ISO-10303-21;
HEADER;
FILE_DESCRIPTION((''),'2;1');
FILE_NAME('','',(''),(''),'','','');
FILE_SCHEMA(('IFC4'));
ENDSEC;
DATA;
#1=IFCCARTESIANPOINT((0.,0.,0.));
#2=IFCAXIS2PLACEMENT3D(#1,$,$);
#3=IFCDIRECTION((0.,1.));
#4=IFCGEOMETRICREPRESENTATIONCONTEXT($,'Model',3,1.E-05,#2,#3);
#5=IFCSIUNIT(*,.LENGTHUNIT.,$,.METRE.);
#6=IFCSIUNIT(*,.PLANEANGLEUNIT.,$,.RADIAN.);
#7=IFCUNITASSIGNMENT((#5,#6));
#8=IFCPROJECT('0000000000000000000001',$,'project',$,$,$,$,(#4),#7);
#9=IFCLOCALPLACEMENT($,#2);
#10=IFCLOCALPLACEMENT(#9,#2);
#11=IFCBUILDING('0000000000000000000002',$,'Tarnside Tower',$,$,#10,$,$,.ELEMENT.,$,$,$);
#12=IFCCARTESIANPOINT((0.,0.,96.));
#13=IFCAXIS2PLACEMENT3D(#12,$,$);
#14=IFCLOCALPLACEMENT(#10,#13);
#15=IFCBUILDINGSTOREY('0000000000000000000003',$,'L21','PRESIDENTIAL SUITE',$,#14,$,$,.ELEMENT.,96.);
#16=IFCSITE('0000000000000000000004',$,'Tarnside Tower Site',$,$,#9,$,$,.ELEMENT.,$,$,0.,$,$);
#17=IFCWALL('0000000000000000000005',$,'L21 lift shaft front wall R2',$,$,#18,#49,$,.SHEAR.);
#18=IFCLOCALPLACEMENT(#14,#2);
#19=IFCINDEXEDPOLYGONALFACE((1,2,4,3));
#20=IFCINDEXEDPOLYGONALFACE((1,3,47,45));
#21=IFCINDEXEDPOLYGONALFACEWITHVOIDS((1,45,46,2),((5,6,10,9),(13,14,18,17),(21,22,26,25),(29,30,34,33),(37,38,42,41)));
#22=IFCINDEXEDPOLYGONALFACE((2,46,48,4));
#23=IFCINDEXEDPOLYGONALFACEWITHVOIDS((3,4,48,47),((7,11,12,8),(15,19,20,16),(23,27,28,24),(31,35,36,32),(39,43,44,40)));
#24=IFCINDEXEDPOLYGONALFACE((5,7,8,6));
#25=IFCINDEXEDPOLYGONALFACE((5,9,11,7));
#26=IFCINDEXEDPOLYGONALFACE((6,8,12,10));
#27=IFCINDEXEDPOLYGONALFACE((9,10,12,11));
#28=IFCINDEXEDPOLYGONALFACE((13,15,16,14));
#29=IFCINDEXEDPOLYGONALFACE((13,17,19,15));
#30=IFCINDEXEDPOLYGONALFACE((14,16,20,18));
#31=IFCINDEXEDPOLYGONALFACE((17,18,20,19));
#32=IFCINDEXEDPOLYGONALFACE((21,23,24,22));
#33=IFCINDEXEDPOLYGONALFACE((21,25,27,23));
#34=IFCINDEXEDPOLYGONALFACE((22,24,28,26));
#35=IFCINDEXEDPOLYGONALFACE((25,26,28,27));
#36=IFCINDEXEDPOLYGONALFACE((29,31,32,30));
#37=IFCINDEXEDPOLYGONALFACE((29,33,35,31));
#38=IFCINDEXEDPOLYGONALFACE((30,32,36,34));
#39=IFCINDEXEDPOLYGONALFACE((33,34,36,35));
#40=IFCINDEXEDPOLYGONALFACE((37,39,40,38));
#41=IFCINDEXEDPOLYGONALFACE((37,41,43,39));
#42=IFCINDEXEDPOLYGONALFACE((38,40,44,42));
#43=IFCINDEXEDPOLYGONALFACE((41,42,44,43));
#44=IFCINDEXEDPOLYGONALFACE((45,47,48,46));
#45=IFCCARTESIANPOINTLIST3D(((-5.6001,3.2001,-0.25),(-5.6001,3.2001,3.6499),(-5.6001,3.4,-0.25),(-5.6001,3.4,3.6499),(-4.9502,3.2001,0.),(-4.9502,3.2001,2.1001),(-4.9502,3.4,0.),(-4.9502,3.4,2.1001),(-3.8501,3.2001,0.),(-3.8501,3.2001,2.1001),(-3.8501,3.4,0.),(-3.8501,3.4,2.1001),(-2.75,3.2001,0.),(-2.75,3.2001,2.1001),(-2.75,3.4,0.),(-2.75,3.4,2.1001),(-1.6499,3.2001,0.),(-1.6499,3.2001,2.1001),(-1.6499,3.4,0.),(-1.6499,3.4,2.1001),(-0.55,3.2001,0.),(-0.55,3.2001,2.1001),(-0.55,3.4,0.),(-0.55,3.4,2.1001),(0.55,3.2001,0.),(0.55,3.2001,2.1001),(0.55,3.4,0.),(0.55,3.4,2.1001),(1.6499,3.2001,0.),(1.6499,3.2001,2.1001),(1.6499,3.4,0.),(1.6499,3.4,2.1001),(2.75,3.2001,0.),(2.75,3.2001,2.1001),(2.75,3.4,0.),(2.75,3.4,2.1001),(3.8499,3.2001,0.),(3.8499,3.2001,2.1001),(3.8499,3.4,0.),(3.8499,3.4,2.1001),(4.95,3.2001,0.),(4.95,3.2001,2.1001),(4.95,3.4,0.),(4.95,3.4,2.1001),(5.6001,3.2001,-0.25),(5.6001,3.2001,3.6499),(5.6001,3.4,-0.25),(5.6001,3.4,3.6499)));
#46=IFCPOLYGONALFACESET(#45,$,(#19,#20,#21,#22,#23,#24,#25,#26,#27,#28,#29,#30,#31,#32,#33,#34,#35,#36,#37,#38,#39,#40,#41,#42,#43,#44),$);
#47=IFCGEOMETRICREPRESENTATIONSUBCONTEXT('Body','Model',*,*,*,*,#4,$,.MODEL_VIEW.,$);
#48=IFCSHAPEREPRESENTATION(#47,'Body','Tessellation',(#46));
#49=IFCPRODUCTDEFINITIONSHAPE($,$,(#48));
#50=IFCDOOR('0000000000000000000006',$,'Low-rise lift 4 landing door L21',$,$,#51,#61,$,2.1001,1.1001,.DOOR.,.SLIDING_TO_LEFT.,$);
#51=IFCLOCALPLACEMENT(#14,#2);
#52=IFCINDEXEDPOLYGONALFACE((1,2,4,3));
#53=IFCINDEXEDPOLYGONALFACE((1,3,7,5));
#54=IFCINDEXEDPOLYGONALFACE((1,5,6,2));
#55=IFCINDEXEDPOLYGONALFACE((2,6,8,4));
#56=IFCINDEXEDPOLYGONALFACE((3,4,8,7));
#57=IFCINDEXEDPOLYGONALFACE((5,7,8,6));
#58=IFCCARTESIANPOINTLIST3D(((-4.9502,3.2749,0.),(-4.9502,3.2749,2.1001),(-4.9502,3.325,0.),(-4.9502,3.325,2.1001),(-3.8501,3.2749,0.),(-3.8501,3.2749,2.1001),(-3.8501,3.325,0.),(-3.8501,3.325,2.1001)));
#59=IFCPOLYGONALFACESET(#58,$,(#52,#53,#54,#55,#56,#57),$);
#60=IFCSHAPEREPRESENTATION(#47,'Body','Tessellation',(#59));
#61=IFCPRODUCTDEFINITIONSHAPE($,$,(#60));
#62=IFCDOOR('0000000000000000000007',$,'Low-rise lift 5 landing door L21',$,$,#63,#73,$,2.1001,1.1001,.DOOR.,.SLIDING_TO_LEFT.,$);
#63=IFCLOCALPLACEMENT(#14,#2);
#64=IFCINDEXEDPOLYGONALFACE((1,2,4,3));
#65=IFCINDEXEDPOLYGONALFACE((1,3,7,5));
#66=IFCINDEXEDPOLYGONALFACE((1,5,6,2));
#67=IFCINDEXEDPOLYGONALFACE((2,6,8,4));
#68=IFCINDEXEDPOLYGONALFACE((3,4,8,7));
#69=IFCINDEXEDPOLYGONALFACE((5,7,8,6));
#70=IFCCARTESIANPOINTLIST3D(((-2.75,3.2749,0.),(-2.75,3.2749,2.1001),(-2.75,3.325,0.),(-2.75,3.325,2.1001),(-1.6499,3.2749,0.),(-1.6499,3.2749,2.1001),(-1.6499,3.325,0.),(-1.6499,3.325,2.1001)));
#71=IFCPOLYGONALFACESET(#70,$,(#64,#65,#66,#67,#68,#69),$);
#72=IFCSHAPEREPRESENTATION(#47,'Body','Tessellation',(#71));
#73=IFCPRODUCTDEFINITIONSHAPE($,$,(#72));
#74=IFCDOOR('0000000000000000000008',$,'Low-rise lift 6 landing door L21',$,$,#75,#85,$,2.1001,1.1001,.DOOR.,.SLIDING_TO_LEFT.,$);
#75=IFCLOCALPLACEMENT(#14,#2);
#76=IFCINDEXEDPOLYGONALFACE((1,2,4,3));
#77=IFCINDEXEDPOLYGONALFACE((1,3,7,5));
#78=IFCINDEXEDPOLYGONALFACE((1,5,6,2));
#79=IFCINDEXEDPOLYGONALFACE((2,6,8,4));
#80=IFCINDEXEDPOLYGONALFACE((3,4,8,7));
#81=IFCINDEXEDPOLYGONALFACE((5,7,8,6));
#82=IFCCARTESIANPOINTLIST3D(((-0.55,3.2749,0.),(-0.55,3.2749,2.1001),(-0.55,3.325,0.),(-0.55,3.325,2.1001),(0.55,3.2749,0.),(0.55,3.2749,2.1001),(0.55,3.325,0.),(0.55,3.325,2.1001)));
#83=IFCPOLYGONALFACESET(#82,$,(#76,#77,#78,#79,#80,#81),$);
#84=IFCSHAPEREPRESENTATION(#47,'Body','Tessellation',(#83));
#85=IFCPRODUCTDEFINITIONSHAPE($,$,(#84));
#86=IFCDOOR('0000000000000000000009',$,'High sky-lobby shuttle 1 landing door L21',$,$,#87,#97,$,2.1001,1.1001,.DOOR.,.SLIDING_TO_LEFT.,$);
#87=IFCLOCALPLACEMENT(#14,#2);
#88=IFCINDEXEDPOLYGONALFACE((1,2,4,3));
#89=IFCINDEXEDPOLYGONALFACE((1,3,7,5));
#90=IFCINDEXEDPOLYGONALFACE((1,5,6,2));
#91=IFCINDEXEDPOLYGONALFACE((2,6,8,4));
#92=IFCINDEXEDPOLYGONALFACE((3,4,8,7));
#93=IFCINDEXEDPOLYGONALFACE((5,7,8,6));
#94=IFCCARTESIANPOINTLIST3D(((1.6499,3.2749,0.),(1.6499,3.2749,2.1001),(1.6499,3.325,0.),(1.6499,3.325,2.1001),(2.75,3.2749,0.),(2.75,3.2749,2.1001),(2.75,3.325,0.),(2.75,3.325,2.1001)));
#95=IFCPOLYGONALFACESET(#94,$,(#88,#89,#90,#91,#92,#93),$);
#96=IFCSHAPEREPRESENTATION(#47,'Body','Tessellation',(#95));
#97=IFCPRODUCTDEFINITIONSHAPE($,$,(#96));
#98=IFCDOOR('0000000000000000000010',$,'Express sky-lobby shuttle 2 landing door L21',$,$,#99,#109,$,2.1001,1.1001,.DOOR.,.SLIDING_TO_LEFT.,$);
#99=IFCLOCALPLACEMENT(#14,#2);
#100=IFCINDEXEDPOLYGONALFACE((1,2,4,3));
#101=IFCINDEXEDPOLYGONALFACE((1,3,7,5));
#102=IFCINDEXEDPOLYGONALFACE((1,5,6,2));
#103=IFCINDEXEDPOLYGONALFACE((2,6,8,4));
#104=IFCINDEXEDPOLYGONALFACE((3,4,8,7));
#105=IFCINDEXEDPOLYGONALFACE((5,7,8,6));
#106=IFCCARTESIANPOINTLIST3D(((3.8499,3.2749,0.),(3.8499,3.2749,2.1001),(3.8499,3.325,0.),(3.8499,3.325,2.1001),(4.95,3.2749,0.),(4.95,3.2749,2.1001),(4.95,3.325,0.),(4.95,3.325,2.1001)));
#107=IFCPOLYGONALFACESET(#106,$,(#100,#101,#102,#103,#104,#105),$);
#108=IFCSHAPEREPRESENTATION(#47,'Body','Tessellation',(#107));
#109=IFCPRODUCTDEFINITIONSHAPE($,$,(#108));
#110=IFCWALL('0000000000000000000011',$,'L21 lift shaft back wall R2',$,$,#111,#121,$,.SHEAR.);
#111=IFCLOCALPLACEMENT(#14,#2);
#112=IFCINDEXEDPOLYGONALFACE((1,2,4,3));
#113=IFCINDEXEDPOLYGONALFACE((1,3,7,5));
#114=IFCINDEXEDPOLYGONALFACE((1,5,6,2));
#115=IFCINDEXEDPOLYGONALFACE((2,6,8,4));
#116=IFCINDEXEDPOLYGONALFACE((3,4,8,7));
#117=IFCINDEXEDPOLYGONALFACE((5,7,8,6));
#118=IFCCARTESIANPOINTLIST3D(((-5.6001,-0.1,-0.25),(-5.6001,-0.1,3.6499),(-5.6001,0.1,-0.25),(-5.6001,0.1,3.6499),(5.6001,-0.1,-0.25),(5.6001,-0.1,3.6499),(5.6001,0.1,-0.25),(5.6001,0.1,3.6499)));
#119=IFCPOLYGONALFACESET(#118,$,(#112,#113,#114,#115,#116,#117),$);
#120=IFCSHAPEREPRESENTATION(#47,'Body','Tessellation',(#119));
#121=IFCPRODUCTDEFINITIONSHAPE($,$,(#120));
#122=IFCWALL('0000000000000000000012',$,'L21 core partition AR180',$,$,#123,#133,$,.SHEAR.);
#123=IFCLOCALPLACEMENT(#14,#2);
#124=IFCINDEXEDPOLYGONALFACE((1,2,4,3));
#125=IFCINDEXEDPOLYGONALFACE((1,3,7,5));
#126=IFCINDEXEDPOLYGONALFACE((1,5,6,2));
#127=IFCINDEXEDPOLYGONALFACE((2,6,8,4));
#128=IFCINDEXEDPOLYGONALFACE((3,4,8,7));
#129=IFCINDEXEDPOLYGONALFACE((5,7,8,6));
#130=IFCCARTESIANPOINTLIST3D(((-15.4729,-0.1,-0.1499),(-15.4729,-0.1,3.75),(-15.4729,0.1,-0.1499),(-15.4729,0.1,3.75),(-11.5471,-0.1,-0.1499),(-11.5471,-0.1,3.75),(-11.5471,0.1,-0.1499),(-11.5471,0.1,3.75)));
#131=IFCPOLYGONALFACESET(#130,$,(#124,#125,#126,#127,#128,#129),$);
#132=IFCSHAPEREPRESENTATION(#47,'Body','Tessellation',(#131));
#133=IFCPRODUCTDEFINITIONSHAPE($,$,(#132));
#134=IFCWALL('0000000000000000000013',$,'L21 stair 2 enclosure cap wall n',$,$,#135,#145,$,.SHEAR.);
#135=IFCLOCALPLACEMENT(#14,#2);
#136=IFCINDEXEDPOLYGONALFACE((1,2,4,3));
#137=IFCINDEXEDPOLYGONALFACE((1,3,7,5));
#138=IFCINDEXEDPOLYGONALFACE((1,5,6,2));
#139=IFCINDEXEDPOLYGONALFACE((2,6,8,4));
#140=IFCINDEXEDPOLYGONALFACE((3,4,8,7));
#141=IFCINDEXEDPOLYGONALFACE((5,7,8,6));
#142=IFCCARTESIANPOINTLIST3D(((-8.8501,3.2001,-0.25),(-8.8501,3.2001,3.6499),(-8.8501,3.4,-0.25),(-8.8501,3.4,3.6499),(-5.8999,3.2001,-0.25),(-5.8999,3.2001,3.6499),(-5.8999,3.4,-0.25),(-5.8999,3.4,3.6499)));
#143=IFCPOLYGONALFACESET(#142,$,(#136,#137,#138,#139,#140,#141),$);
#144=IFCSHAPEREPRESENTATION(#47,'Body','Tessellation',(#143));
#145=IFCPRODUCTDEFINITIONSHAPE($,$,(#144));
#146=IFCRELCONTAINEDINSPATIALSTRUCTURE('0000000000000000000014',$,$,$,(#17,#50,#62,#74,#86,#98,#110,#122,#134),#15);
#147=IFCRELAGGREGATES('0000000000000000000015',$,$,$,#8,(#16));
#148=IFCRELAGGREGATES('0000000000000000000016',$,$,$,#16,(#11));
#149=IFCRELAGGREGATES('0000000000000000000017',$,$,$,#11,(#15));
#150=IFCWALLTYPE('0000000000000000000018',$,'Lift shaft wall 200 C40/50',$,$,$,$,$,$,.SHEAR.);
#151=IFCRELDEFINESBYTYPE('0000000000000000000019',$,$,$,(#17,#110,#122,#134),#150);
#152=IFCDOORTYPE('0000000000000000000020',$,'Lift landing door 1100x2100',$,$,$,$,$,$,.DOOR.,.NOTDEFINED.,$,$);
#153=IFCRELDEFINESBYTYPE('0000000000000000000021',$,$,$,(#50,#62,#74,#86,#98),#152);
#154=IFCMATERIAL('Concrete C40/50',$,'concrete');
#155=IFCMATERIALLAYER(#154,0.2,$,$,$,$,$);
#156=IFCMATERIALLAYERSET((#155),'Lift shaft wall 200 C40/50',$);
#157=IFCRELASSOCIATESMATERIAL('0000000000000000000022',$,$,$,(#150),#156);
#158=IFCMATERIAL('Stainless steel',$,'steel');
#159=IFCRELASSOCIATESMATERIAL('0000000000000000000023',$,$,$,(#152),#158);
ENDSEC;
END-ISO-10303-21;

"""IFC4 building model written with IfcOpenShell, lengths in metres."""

from ifc_helpers import new_model, si_unit, direction, frame, frame_2d, origin, place, context, subcontext, project, spatial, rectangle, extrude, material, layer, layer_set, type_object, element, fill, save


model = new_model("IFC4")

# Units and contexts
model_context = context("Model", 3, precision=1e-05, world=origin(), true_north=direction((0.0, 1.0)))
body_context = subcontext(model_context, "Body", "Model", "MODEL_VIEW")
ifc_project = project(units=[si_unit("LENGTHUNIT", "METRE"), si_unit("PLANEANGLEUNIT", "RADIAN")], contexts=[model_context])

# Site, building, storey
site_placement = place(None, origin())
site = spatial("IfcSite", under=ifc_project, at=site_placement, Name="Tarnside Tower Site", CompositionType="ELEMENT", RefElevation=0.0)
building_placement = place(site_placement, origin())
building = spatial("IfcBuilding", under=site, at=building_placement, Name="Tarnside Tower", CompositionType="ELEMENT")
storey_placement = place(building_placement, frame((0.0, 0.0, 96.0)))
storey = spatial("IfcBuildingStorey", under=building, at=storey_placement, Name="L21", Description="PRESIDENTIAL SUITE", CompositionType="ELEMENT", Elevation=96.0)

# Wall, openings, doors
ifc_material_1 = material(Name="Concrete C40/50", Category="concrete")
ifc_layer_1 = layer(ifc_material_1, 0.2)
ifc_layer_set_1 = layer_set([ifc_layer_1], Name="Lift shaft wall 200 C40/50")
wall_type_1 = type_object("IfcWallType", Name="Lift shaft wall 200 C40/50", PredefinedType="SHEAR", material=ifc_layer_set_1)
wall_1_placement = place(storey_placement, frame((-5.6001, 3.3, -0.25), z_axis=(0.0, 0.0, 1.0), x_axis=(1.0, 0.0, 0.0)))
wall_1 = element("IfcWall", 1, at=wall_1_placement, inside=storey, type_object=wall_type_1, Name="L21 lift shaft front wall R2", PredefinedType="SHEAR", context=body_context, shape_type="SweptSolid", body=[
    extrude(rectangle(XDim=11.2002, YDim=0.2, at=frame_2d((5.6001, 0.0))), origin(), (0.0, 0.0, 1.0), 3.8999),
])
opening_1_placement = place(wall_1_placement, frame((0.6499, 0.0, 0.25)))
opening_1 = element("IfcOpeningElement", 2, at=opening_1_placement, cuts=wall_1, PredefinedType="OPENING", context=body_context, shape_type="SweptSolid", body=[
    extrude(rectangle(XDim=1.1001, YDim=2.1001, at=frame_2d((0.55, 1.05))), frame((0.0, 0.1099, 0.0), z_axis=(0.0, -1.0, 0.0), x_axis=(1.0, 0.0, 0.0)), (0.0, 0.0, 1.0), 0.22),
])
opening_2_placement = place(wall_1_placement, frame((2.8501, 0.0, 0.25)))
opening_2 = element("IfcOpeningElement", 3, at=opening_2_placement, cuts=wall_1, PredefinedType="OPENING", context=body_context, shape_type="SweptSolid", body=[
    extrude(rectangle(XDim=1.1001, YDim=2.1001, at=frame_2d((0.55, 1.05))), frame((0.0, 0.1099, 0.0), z_axis=(0.0, -1.0, 0.0), x_axis=(1.0, 0.0, 0.0)), (0.0, 0.0, 1.0), 0.22),
])
opening_3_placement = place(wall_1_placement, frame((5.05, 0.0, 0.25)))
opening_3 = element("IfcOpeningElement", 4, at=opening_3_placement, cuts=wall_1, PredefinedType="OPENING", context=body_context, shape_type="SweptSolid", body=[
    extrude(rectangle(XDim=1.1001, YDim=2.1001, at=frame_2d((0.55, 1.05))), frame((0.0, 0.1099, 0.0), z_axis=(0.0, -1.0, 0.0), x_axis=(1.0, 0.0, 0.0)), (0.0, 0.0, 1.0), 0.22),
])
opening_4_placement = place(wall_1_placement, frame((7.25, 0.0, 0.25)))
opening_4 = element("IfcOpeningElement", 5, at=opening_4_placement, cuts=wall_1, PredefinedType="OPENING", context=body_context, shape_type="SweptSolid", body=[
    extrude(rectangle(XDim=1.1001, YDim=2.1001, at=frame_2d((0.55, 1.05))), frame((0.0, 0.1099, 0.0), z_axis=(0.0, -1.0, 0.0), x_axis=(1.0, 0.0, 0.0)), (0.0, 0.0, 1.0), 0.22),
])
opening_5_placement = place(wall_1_placement, frame((9.45, 0.0, 0.25)))
opening_5 = element("IfcOpeningElement", 6, at=opening_5_placement, cuts=wall_1, PredefinedType="OPENING", context=body_context, shape_type="SweptSolid", body=[
    extrude(rectangle(XDim=1.1001, YDim=2.1001, at=frame_2d((0.55, 1.05))), frame((0.0, 0.1099, 0.0), z_axis=(0.0, -1.0, 0.0), x_axis=(1.0, 0.0, 0.0)), (0.0, 0.0, 1.0), 0.22),
])
ifc_material_2 = material(Name="Stainless steel", Category="steel")
door_type_1 = type_object("IfcDoorType", Name="Lift landing door 1100x2100", OperationType="NOTDEFINED", PredefinedType="DOOR", material=ifc_material_2)
door_1_placement = place(opening_1_placement, origin())
door_1 = element("IfcDoor", 7, at=door_1_placement, inside=storey, type_object=door_type_1, Name="Low-rise lift 4 landing door L21", OperationType="SLIDING_TO_LEFT", OverallHeight=2.1001, OverallWidth=1.1001, PredefinedType="DOOR", context=body_context, shape_type="SweptSolid", body=[
    extrude(rectangle(XDim=1.1001, YDim=2.1001, at=frame_2d((0.55, 1.05))), frame((0.0, 0.0249, 0.0), z_axis=(0.0, -1.0, 0.0), x_axis=(1.0, 0.0, 0.0)), (0.0, 0.0, 1.0), 0.05),
])
fill(opening_1, door_1)
door_2_placement = place(opening_2_placement, origin())
door_2 = element("IfcDoor", 8, at=door_2_placement, inside=storey, type_object=door_type_1, Name="Low-rise lift 5 landing door L21", OperationType="SLIDING_TO_LEFT", OverallHeight=2.1001, OverallWidth=1.1001, PredefinedType="DOOR", context=body_context, shape_type="SweptSolid", body=[
    extrude(rectangle(XDim=1.1001, YDim=2.1001, at=frame_2d((0.55, 1.05))), frame((0.0, 0.0249, 0.0), z_axis=(0.0, -1.0, 0.0), x_axis=(1.0, 0.0, 0.0)), (0.0, 0.0, 1.0), 0.05),
])
fill(opening_2, door_2)
door_3_placement = place(opening_3_placement, origin())
door_3 = element("IfcDoor", 9, at=door_3_placement, inside=storey, type_object=door_type_1, Name="Low-rise lift 6 landing door L21", OperationType="SLIDING_TO_LEFT", OverallHeight=2.1001, OverallWidth=1.1001, PredefinedType="DOOR", context=body_context, shape_type="SweptSolid", body=[
    extrude(rectangle(XDim=1.1001, YDim=2.1001, at=frame_2d((0.55, 1.05))), frame((0.0, 0.0249, 0.0), z_axis=(0.0, -1.0, 0.0), x_axis=(1.0, 0.0, 0.0)), (0.0, 0.0, 1.0), 0.05),
])
fill(opening_3, door_3)
door_4_placement = place(opening_4_placement, origin())
door_4 = element("IfcDoor", 10, at=door_4_placement, inside=storey, type_object=door_type_1, Name="High sky-lobby shuttle 1 landing door L21", OperationType="SLIDING_TO_LEFT", OverallHeight=2.1001, OverallWidth=1.1001, PredefinedType="DOOR", context=body_context, shape_type="SweptSolid", body=[
    extrude(rectangle(XDim=1.1001, YDim=2.1001, at=frame_2d((0.55, 1.05))), frame((0.0, 0.0249, 0.0), z_axis=(0.0, -1.0, 0.0), x_axis=(1.0, 0.0, 0.0)), (0.0, 0.0, 1.0), 0.05),
])
fill(opening_4, door_4)
door_5_placement = place(opening_5_placement, origin())
door_5 = element("IfcDoor", 11, at=door_5_placement, inside=storey, type_object=door_type_1, Name="Express sky-lobby shuttle 2 landing door L21", OperationType="SLIDING_TO_LEFT", OverallHeight=2.1001, OverallWidth=1.1001, PredefinedType="DOOR", context=body_context, shape_type="SweptSolid", body=[
    extrude(rectangle(XDim=1.1001, YDim=2.1001, at=frame_2d((0.55, 1.05))), frame((0.0, 0.0249, 0.0), z_axis=(0.0, -1.0, 0.0), x_axis=(1.0, 0.0, 0.0)), (0.0, 0.0, 1.0), 0.05),
])
fill(opening_5, door_5)

# Walls
wall_2_placement = place(storey_placement, frame((-5.6001, 0.0, -0.25), z_axis=(0.0, 0.0, 1.0), x_axis=(1.0, 0.0, 0.0)))
element("IfcWall", 12, at=wall_2_placement, inside=storey, type_object=wall_type_1, Name="L21 lift shaft back wall R2", PredefinedType="SHEAR", context=body_context, shape_type="SweptSolid", body=[
    extrude(rectangle(XDim=11.2002, YDim=0.2, at=frame_2d((5.6001, 0.0))), origin(), (0.0, 0.0, 1.0), 3.8999),
])
wall_3_placement = place(storey_placement, frame((-11.5471, 0.0, -0.1499), z_axis=(0.0, 0.0, 1.0), x_axis=(-1.0, 0.0, 0.0)))
element("IfcWall", 13, at=wall_3_placement, inside=storey, type_object=wall_type_1, Name="L21 core partition AR180", PredefinedType="SHEAR", context=body_context, shape_type="SweptSolid", body=[
    extrude(rectangle(XDim=3.9258, YDim=0.2, at=frame_2d((1.9629, 0.0))), origin(), (0.0, 0.0, 1.0), 3.8999),
])
wall_4_placement = place(storey_placement, frame((-8.8501, 3.3, -0.25), z_axis=(0.0, 0.0, 1.0), x_axis=(1.0, 0.0, 0.0)))
element("IfcWall", 14, at=wall_4_placement, inside=storey, type_object=wall_type_1, Name="L21 stair 2 enclosure cap wall n", PredefinedType="SHEAR", context=body_context, shape_type="SweptSolid", body=[
    extrude(rectangle(XDim=2.9502, YDim=0.2, at=frame_2d((1.4751, 0.0))), origin(), (0.0, 0.0, 1.0), 3.8999),
])

save(model, "model.ifc")
